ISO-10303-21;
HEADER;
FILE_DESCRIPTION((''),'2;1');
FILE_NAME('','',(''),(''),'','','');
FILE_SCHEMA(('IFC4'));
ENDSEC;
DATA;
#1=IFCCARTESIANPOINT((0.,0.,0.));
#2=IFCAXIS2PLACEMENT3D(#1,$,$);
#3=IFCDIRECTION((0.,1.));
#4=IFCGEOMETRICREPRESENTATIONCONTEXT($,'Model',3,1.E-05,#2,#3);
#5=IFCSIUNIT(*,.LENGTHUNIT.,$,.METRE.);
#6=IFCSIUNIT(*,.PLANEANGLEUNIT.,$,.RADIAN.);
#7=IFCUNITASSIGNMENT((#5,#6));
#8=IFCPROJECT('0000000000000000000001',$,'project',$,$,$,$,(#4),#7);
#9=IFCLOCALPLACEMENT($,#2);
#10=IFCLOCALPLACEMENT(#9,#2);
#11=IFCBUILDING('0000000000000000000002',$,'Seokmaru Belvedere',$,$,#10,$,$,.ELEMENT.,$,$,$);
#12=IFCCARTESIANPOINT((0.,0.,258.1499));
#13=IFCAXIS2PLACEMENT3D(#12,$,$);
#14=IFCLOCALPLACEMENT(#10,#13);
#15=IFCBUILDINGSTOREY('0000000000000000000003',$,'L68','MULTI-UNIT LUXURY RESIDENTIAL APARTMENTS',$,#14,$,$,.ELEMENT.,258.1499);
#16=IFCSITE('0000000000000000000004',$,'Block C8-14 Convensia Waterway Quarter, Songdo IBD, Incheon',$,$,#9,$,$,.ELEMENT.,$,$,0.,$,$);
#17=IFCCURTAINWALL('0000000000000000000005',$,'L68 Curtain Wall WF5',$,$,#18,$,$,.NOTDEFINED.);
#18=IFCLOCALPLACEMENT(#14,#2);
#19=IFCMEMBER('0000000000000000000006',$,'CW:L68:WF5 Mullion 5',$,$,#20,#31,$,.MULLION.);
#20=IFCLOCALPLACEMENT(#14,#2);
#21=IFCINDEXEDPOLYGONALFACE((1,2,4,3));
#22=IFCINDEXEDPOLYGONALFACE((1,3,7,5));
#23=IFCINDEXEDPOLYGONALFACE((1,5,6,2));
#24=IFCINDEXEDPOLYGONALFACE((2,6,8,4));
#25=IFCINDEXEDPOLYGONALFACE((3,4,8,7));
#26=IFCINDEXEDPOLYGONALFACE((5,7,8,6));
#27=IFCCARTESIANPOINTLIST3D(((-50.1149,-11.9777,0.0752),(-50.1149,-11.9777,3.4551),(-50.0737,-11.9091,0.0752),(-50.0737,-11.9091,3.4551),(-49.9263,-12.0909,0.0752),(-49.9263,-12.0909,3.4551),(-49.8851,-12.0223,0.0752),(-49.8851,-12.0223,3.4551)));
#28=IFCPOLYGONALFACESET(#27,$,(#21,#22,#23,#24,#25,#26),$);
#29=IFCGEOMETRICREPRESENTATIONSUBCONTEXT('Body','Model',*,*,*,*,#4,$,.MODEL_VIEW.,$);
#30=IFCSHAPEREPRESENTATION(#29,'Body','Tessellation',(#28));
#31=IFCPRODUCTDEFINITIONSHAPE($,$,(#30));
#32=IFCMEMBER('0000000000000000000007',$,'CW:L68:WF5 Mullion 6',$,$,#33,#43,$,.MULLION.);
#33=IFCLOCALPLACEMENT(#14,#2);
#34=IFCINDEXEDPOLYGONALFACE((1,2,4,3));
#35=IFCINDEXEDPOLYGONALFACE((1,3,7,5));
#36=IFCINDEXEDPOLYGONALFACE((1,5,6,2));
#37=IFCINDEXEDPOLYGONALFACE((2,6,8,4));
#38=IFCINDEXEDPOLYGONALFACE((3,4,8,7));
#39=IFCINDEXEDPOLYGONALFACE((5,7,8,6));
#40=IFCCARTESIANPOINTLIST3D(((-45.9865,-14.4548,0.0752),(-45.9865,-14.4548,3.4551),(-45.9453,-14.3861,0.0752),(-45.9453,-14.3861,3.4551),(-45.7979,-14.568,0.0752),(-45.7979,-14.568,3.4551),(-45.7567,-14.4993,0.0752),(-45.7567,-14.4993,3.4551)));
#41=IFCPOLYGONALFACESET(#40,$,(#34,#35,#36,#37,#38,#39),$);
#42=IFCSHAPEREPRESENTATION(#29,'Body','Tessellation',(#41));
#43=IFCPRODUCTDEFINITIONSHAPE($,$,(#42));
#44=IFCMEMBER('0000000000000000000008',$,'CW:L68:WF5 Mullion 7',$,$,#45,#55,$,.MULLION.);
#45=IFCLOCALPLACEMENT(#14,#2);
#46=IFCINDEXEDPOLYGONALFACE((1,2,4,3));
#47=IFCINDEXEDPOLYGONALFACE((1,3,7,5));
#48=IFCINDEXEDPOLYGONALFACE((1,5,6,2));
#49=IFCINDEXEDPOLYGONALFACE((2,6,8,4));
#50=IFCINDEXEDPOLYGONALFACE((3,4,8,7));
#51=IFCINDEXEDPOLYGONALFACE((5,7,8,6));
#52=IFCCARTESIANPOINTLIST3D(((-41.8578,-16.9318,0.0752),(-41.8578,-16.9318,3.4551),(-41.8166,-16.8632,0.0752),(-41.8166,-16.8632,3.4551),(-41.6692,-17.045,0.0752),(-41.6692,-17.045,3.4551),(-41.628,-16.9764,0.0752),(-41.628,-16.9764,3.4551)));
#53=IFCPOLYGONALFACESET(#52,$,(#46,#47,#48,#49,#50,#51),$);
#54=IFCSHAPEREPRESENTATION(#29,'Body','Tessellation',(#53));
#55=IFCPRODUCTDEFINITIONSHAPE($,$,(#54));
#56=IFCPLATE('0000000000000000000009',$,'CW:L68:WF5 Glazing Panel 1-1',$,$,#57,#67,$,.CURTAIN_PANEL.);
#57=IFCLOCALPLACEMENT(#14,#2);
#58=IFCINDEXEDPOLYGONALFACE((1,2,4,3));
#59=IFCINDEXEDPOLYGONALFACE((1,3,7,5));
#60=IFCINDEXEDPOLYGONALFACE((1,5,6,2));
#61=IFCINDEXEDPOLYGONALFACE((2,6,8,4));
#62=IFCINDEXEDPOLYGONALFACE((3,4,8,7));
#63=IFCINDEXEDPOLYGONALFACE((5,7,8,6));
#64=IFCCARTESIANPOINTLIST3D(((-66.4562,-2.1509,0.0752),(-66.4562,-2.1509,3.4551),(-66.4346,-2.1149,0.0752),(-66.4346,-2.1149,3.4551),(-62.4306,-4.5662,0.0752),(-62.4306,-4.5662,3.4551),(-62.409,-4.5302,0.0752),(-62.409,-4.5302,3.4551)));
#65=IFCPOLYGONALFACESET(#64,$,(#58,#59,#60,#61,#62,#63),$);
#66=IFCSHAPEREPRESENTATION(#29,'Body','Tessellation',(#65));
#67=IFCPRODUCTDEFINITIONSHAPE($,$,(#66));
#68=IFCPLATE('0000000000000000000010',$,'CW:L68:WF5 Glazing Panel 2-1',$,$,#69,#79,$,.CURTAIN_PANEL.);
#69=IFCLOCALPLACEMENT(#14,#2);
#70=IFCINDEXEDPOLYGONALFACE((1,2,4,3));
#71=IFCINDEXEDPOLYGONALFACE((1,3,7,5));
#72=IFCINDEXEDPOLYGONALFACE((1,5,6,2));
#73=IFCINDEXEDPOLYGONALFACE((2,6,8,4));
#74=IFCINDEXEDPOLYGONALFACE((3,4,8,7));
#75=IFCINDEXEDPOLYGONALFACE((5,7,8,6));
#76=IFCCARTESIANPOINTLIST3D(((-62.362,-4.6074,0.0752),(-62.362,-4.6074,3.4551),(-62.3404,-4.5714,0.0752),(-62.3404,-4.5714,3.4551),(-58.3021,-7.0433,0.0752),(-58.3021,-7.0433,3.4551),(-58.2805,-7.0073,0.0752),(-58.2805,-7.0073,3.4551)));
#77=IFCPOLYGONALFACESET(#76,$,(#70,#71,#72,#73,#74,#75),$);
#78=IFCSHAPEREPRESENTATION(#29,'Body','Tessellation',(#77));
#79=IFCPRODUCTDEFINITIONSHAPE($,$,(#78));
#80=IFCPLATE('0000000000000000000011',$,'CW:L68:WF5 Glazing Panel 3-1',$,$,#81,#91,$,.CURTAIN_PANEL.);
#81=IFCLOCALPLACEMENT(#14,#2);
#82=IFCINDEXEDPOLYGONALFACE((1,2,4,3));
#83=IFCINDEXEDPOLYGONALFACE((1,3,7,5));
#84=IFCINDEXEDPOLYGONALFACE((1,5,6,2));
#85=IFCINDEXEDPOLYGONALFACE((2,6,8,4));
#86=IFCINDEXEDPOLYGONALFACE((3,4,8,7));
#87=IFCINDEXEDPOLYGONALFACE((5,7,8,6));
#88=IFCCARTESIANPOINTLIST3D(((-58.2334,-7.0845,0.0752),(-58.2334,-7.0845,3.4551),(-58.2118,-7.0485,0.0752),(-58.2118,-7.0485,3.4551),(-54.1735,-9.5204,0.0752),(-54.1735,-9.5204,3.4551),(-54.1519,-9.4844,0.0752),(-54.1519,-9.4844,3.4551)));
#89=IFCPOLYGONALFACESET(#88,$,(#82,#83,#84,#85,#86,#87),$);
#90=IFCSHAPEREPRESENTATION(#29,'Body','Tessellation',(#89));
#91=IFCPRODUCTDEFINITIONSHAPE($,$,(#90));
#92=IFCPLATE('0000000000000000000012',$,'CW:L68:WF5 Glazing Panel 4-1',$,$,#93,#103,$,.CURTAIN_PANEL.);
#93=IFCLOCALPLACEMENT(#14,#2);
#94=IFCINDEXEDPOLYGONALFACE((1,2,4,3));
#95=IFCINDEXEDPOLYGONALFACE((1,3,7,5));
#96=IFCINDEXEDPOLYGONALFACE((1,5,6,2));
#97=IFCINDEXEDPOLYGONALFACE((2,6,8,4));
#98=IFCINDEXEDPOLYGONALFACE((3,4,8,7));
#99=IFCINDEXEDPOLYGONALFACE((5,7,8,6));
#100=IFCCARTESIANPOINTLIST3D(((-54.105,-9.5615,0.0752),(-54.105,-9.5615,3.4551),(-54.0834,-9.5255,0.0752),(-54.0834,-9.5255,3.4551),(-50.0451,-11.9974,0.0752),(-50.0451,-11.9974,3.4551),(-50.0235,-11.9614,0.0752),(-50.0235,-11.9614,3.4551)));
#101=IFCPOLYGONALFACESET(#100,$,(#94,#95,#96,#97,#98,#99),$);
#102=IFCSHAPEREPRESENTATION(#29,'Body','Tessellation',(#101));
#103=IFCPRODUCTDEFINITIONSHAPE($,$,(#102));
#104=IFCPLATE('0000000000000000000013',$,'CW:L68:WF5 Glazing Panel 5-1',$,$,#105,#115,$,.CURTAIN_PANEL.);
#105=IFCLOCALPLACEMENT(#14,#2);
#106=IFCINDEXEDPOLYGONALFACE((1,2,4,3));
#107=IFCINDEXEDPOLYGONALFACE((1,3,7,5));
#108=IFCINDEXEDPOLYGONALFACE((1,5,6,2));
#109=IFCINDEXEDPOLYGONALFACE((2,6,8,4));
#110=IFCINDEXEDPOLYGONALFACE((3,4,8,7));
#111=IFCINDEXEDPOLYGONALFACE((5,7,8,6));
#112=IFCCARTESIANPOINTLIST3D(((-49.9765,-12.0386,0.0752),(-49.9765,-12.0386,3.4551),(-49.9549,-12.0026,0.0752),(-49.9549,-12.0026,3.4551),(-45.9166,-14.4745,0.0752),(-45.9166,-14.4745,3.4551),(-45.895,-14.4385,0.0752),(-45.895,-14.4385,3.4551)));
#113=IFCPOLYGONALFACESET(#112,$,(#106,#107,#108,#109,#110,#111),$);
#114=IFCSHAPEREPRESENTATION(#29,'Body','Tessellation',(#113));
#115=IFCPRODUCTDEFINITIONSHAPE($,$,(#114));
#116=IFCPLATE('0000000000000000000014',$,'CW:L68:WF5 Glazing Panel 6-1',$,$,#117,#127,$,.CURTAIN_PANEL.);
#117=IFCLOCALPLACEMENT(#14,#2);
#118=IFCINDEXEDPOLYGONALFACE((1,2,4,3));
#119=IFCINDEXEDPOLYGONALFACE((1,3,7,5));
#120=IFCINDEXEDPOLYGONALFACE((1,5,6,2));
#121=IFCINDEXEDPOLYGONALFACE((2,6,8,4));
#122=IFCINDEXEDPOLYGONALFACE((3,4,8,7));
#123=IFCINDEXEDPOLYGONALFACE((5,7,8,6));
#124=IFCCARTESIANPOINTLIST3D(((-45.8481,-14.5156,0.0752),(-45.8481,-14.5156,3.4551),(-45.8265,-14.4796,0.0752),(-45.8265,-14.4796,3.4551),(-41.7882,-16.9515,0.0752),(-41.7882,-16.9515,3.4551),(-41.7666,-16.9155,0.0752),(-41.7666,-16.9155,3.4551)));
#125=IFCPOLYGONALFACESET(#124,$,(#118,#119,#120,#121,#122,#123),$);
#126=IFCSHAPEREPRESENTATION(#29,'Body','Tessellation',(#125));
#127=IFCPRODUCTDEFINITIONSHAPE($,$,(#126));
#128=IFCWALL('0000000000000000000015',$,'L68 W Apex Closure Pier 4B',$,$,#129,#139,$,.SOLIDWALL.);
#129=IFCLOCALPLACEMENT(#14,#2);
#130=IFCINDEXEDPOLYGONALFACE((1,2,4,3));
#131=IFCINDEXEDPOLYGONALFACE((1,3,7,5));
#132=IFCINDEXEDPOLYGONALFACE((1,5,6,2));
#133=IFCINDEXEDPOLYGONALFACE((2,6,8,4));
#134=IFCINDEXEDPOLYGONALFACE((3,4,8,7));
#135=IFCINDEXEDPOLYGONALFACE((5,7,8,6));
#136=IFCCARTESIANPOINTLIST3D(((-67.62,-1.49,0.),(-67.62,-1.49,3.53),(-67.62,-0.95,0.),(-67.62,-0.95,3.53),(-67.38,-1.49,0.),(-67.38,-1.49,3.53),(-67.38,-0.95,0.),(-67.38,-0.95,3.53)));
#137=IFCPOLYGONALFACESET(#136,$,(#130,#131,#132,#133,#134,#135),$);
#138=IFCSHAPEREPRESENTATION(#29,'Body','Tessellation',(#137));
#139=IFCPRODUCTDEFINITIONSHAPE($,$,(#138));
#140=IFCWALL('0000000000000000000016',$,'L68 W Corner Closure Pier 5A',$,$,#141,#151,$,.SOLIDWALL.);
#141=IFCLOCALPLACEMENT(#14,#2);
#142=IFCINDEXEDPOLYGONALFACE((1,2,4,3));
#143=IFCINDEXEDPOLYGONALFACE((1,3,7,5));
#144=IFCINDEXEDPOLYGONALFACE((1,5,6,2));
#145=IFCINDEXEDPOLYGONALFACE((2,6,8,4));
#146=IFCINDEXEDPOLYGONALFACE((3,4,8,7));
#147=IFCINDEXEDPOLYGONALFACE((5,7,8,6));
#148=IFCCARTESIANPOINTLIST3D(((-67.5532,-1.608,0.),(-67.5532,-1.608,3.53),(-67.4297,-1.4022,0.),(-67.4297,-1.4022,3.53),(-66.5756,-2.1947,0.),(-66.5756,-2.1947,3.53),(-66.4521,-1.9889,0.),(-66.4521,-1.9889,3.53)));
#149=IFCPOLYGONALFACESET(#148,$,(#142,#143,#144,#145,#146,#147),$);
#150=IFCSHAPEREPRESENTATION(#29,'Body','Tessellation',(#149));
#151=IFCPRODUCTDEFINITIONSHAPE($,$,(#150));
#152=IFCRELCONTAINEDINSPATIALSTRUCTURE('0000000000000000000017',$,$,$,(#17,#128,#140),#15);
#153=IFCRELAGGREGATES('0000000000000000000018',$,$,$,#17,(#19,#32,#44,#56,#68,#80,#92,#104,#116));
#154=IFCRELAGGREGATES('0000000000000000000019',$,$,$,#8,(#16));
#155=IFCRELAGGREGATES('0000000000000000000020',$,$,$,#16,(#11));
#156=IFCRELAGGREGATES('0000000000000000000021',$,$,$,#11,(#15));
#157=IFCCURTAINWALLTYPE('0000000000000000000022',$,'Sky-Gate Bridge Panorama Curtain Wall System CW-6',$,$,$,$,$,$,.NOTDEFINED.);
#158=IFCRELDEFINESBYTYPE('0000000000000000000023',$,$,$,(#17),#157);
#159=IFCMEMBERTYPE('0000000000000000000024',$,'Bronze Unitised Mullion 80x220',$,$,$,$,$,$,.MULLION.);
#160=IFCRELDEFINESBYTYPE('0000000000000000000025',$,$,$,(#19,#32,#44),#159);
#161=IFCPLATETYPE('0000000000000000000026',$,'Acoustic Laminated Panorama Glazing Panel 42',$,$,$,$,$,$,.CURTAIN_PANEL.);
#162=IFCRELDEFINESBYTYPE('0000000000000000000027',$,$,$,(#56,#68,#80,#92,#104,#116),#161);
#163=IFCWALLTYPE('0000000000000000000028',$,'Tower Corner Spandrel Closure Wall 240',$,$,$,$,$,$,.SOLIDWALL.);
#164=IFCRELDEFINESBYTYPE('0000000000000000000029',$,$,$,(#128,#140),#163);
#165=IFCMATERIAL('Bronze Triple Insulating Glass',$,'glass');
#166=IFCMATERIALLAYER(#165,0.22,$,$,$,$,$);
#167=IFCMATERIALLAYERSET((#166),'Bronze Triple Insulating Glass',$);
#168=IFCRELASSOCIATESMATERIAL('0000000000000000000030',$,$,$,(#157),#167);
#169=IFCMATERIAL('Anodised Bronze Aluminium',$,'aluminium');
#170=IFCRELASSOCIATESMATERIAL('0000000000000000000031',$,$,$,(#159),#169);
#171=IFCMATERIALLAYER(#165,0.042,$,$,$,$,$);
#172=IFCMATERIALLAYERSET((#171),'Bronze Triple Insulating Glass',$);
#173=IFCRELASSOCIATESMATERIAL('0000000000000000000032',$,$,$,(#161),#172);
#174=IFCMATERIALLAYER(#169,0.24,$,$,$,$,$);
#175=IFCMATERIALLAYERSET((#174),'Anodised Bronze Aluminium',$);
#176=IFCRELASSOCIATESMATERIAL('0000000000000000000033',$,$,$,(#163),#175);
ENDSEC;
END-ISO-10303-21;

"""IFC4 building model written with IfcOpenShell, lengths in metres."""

from ifc_helpers import new_model, si_unit, direction, frame, frame_2d, origin, origin_2d, place, context, subcontext, project, spatial, rectangle, extrude, source, transform, mapped, material, layer, layer_set, material_profile, profile_set, type_object, type_shapes, element, aggregate, save


model = new_model("IFC4")

# Units and contexts
model_context = context("Model", 3, precision=1e-05, world=origin(), true_north=direction((0.0, 1.0)))
body_context = subcontext(model_context, "Body", "Model", "MODEL_VIEW")
ifc_project = project(units=[si_unit("LENGTHUNIT", "METRE"), si_unit("PLANEANGLEUNIT", "RADIAN")], contexts=[model_context])

# Site, building, storey
site_placement = place(None, origin())
site = spatial("IfcSite", under=ifc_project, at=site_placement, Name="Block C8-14 Convensia Waterway Quarter, Songdo IBD, Incheon", CompositionType="ELEMENT", RefElevation=0.0)
building_placement = place(site_placement, origin())
building = spatial("IfcBuilding", under=site, at=building_placement, Name="Seokmaru Belvedere", CompositionType="ELEMENT")
storey_placement = place(building_placement, frame((0.0, 0.0, 258.1499)))
storey = spatial("IfcBuildingStorey", under=building, at=storey_placement, Name="L68", Description="MULTI-UNIT LUXURY RESIDENTIAL APARTMENTS", CompositionType="ELEMENT", Elevation=258.1499)

# Curtain wall, members, plates
ifc_material_1 = material(Name="Bronze Triple Insulating Glass", Category="glass")
ifc_layer_1 = layer(ifc_material_1, 0.22)
ifc_layer_set_1 = layer_set([ifc_layer_1], Name="Bronze Triple Insulating Glass")
curtain_wall_type = type_object("IfcCurtainWallType", Name="Sky-Gate Bridge Panorama Curtain Wall System CW-6", PredefinedType="NOTDEFINED", material=ifc_layer_set_1)
curtain_wall_placement = place(storey_placement, origin())
curtain_wall = element("IfcCurtainWall", 1, at=curtain_wall_placement, inside=storey, type_object=curtain_wall_type, Name="L68 Curtain Wall WF5", PredefinedType="NOTDEFINED")
ifc_material_2 = material(Name="Anodised Bronze Aluminium", Category="aluminium")
ifc_material_profile_1 = material_profile(ifc_material_2, rectangle(XDim=0.0801, YDim=0.22, at=origin_2d()), Name="CW-M-80x220")
ifc_profile_set_1 = profile_set([ifc_material_profile_1], Name="Anodised Bronze Aluminium")
member_type_1 = type_object("IfcMemberType", Name="Bronze Unitised Mullion 80x220", PredefinedType="MULLION", material=ifc_profile_set_1)
shared_shape_1 = source(origin(), body_context, "Body", "SweptSolid", [
    extrude(rectangle(XDim=0.0801, YDim=0.22, at=origin_2d()), origin(), (0.0, 0.0, 1.0), 3.3799),
])
member_1_placement = place(storey_placement, frame((-50.0, -12.0, 0.0752), z_axis=(0.0, 0.0, 1.0), x_axis=(0.514495, 0.857493, 0.0)))
member_1 = element("IfcMember", 2, at=member_1_placement, type_object=member_type_1, Name="CW:L68:WF5 Mullion 5", PredefinedType="MULLION", context=body_context, shape_type="MappedRepresentation", body=[
    mapped(shared_shape_1, transform((0.0, 0.0, 0.0), scale=1.0)),
])
member_2_placement = place(storey_placement, frame((-45.8716, -14.4771, 0.0752), z_axis=(0.0, 0.0, 1.0), x_axis=(0.514495, 0.857493, 0.0)))
member_2 = element("IfcMember", 3, at=member_2_placement, type_object=member_type_1, Name="CW:L68:WF5 Mullion 6", PredefinedType="MULLION", context=body_context, shape_type="MappedRepresentation", body=[
    mapped(shared_shape_1, transform((0.0, 0.0, 0.0), scale=1.0)),
])
member_3_placement = place(storey_placement, frame((-41.7429, -16.9541, 0.0752), z_axis=(0.0, 0.0, 1.0), x_axis=(0.514495, 0.857493, 0.0)))
member_3 = element("IfcMember", 4, at=member_3_placement, type_object=member_type_1, Name="CW:L68:WF5 Mullion 7", PredefinedType="MULLION", context=body_context, shape_type="MappedRepresentation", body=[
    mapped(shared_shape_1, transform((0.0, 0.0, 0.0), scale=1.0)),
])
ifc_layer_2 = layer(ifc_material_1, 0.042)
ifc_layer_set_2 = layer_set([ifc_layer_2], Name="Bronze Triple Insulating Glass")
plate_type = type_object("IfcPlateType", Name="Acoustic Laminated Panorama Glazing Panel 42", PredefinedType="CURTAIN_PANEL", material=ifc_layer_set_2)
shared_shape_2 = source(origin(), body_context, "Body", "SweptSolid", [
    extrude(rectangle(XDim=4.6946, YDim=0.042, at=origin_2d()), origin(), (0.0, 0.0, 1.0), 3.3799),
])
plate_1_placement = place(storey_placement, frame((-64.4326, -3.3406, 0.0752), z_axis=(0.0, 0.0, 1.0), x_axis=(0.857493, -0.514495, 0.0)))
plate_1 = element("IfcPlate", 5, at=plate_1_placement, type_object=plate_type, Name="CW:L68:WF5 Glazing Panel 1-1", PredefinedType="CURTAIN_PANEL", context=body_context, shape_type="MappedRepresentation", body=[
    mapped(shared_shape_2, transform((0.0, 0.0, 0.0), scale=1.0)),
])
shared_shape_3 = source(origin(), body_context, "Body", "SweptSolid", [
    extrude(rectangle(XDim=4.7346, YDim=0.042, at=origin_2d()), origin(), (0.0, 0.0, 1.0), 3.3799),
])
type_shapes(plate_type, [shared_shape_2, shared_shape_3])
plate_2_placement = place(storey_placement, frame((-60.3213, -5.8074, 0.0752), z_axis=(0.0, 0.0, 1.0), x_axis=(0.857493, -0.514495, 0.0)))
plate_2 = element("IfcPlate", 6, at=plate_2_placement, type_object=plate_type, Name="CW:L68:WF5 Glazing Panel 2-1", PredefinedType="CURTAIN_PANEL", context=body_context, shape_type="MappedRepresentation", body=[
    mapped(shared_shape_3, transform((0.0, 0.0, 0.0), scale=1.0)),
])
plate_3_placement = place(storey_placement, frame((-56.1926, -8.2844, 0.0752), z_axis=(0.0, 0.0, 1.0), x_axis=(0.857493, -0.514495, 0.0)))
plate_3 = element("IfcPlate", 7, at=plate_3_placement, type_object=plate_type, Name="CW:L68:WF5 Glazing Panel 3-1", PredefinedType="CURTAIN_PANEL", context=body_context, shape_type="MappedRepresentation", body=[
    mapped(shared_shape_3, transform((0.0, 0.0, 0.0), scale=1.0)),
])
plate_4_placement = place(storey_placement, frame((-52.0642, -10.7615, 0.0752), z_axis=(0.0, 0.0, 1.0), x_axis=(0.857493, -0.514495, 0.0)))
plate_4 = element("IfcPlate", 8, at=plate_4_placement, type_object=plate_type, Name="CW:L68:WF5 Glazing Panel 4-1", PredefinedType="CURTAIN_PANEL", context=body_context, shape_type="MappedRepresentation", body=[
    mapped(shared_shape_3, transform((0.0, 0.0, 0.0), scale=1.0)),
])
plate_5_placement = place(storey_placement, frame((-47.9358, -13.2385, 0.0752), z_axis=(0.0, 0.0, 1.0), x_axis=(0.857493, -0.514495, 0.0)))
plate_5 = element("IfcPlate", 9, at=plate_5_placement, type_object=plate_type, Name="CW:L68:WF5 Glazing Panel 5-1", PredefinedType="CURTAIN_PANEL", context=body_context, shape_type="MappedRepresentation", body=[
    mapped(shared_shape_3, transform((0.0, 0.0, 0.0), scale=1.0)),
])
plate_6_placement = place(storey_placement, frame((-43.8074, -15.7156, 0.0752), z_axis=(0.0, 0.0, 1.0), x_axis=(0.857493, -0.514495, 0.0)))
plate_6 = element("IfcPlate", 10, at=plate_6_placement, type_object=plate_type, Name="CW:L68:WF5 Glazing Panel 6-1", PredefinedType="CURTAIN_PANEL", context=body_context, shape_type="MappedRepresentation", body=[
    mapped(shared_shape_3, transform((0.0, 0.0, 0.0), scale=1.0)),
])
aggregate(curtain_wall, [member_1, member_2, member_3, plate_1, plate_2, plate_3, plate_4, plate_5, plate_6])

# Walls
ifc_layer_3 = layer(ifc_material_2, 0.24)
ifc_layer_set_3 = layer_set([ifc_layer_3], Name="Anodised Bronze Aluminium")
wall_type = type_object("IfcWallType", Name="Tower Corner Spandrel Closure Wall 240", PredefinedType="SOLIDWALL", material=ifc_layer_set_3)
wall_1_placement = place(storey_placement, frame((-67.5, -0.95, 0.0), z_axis=(0.0, 0.0, 1.0), x_axis=(0.0, -1.0, 0.0)))
element("IfcWall", 11, at=wall_1_placement, inside=storey, type_object=wall_type, Name="L68 W Apex Closure Pier 4B", PredefinedType="SOLIDWALL", context=body_context, shape_type="SweptSolid", body=[
    extrude(rectangle(XDim=0.54, YDim=0.24, at=frame_2d((0.27, 0.0))), origin(), (0.0, 0.0, 1.0), 3.53),
])
wall_2_placement = place(storey_placement, frame((-67.4915, -1.5051, 0.0), z_axis=(0.0, 0.0, 1.0), x_axis=(0.857436, -0.51459, 0.0)))
element("IfcWall", 12, at=wall_2_placement, inside=storey, type_object=wall_type, Name="L68 W Corner Closure Pier 5A", PredefinedType="SOLIDWALL", context=body_context, shape_type="SweptSolid", body=[
    extrude(rectangle(XDim=1.1401, YDim=0.24, at=frame_2d((0.5701, 0.0))), origin(), (0.0, 0.0, 1.0), 3.53),
])

save(model, "model.ifc")
